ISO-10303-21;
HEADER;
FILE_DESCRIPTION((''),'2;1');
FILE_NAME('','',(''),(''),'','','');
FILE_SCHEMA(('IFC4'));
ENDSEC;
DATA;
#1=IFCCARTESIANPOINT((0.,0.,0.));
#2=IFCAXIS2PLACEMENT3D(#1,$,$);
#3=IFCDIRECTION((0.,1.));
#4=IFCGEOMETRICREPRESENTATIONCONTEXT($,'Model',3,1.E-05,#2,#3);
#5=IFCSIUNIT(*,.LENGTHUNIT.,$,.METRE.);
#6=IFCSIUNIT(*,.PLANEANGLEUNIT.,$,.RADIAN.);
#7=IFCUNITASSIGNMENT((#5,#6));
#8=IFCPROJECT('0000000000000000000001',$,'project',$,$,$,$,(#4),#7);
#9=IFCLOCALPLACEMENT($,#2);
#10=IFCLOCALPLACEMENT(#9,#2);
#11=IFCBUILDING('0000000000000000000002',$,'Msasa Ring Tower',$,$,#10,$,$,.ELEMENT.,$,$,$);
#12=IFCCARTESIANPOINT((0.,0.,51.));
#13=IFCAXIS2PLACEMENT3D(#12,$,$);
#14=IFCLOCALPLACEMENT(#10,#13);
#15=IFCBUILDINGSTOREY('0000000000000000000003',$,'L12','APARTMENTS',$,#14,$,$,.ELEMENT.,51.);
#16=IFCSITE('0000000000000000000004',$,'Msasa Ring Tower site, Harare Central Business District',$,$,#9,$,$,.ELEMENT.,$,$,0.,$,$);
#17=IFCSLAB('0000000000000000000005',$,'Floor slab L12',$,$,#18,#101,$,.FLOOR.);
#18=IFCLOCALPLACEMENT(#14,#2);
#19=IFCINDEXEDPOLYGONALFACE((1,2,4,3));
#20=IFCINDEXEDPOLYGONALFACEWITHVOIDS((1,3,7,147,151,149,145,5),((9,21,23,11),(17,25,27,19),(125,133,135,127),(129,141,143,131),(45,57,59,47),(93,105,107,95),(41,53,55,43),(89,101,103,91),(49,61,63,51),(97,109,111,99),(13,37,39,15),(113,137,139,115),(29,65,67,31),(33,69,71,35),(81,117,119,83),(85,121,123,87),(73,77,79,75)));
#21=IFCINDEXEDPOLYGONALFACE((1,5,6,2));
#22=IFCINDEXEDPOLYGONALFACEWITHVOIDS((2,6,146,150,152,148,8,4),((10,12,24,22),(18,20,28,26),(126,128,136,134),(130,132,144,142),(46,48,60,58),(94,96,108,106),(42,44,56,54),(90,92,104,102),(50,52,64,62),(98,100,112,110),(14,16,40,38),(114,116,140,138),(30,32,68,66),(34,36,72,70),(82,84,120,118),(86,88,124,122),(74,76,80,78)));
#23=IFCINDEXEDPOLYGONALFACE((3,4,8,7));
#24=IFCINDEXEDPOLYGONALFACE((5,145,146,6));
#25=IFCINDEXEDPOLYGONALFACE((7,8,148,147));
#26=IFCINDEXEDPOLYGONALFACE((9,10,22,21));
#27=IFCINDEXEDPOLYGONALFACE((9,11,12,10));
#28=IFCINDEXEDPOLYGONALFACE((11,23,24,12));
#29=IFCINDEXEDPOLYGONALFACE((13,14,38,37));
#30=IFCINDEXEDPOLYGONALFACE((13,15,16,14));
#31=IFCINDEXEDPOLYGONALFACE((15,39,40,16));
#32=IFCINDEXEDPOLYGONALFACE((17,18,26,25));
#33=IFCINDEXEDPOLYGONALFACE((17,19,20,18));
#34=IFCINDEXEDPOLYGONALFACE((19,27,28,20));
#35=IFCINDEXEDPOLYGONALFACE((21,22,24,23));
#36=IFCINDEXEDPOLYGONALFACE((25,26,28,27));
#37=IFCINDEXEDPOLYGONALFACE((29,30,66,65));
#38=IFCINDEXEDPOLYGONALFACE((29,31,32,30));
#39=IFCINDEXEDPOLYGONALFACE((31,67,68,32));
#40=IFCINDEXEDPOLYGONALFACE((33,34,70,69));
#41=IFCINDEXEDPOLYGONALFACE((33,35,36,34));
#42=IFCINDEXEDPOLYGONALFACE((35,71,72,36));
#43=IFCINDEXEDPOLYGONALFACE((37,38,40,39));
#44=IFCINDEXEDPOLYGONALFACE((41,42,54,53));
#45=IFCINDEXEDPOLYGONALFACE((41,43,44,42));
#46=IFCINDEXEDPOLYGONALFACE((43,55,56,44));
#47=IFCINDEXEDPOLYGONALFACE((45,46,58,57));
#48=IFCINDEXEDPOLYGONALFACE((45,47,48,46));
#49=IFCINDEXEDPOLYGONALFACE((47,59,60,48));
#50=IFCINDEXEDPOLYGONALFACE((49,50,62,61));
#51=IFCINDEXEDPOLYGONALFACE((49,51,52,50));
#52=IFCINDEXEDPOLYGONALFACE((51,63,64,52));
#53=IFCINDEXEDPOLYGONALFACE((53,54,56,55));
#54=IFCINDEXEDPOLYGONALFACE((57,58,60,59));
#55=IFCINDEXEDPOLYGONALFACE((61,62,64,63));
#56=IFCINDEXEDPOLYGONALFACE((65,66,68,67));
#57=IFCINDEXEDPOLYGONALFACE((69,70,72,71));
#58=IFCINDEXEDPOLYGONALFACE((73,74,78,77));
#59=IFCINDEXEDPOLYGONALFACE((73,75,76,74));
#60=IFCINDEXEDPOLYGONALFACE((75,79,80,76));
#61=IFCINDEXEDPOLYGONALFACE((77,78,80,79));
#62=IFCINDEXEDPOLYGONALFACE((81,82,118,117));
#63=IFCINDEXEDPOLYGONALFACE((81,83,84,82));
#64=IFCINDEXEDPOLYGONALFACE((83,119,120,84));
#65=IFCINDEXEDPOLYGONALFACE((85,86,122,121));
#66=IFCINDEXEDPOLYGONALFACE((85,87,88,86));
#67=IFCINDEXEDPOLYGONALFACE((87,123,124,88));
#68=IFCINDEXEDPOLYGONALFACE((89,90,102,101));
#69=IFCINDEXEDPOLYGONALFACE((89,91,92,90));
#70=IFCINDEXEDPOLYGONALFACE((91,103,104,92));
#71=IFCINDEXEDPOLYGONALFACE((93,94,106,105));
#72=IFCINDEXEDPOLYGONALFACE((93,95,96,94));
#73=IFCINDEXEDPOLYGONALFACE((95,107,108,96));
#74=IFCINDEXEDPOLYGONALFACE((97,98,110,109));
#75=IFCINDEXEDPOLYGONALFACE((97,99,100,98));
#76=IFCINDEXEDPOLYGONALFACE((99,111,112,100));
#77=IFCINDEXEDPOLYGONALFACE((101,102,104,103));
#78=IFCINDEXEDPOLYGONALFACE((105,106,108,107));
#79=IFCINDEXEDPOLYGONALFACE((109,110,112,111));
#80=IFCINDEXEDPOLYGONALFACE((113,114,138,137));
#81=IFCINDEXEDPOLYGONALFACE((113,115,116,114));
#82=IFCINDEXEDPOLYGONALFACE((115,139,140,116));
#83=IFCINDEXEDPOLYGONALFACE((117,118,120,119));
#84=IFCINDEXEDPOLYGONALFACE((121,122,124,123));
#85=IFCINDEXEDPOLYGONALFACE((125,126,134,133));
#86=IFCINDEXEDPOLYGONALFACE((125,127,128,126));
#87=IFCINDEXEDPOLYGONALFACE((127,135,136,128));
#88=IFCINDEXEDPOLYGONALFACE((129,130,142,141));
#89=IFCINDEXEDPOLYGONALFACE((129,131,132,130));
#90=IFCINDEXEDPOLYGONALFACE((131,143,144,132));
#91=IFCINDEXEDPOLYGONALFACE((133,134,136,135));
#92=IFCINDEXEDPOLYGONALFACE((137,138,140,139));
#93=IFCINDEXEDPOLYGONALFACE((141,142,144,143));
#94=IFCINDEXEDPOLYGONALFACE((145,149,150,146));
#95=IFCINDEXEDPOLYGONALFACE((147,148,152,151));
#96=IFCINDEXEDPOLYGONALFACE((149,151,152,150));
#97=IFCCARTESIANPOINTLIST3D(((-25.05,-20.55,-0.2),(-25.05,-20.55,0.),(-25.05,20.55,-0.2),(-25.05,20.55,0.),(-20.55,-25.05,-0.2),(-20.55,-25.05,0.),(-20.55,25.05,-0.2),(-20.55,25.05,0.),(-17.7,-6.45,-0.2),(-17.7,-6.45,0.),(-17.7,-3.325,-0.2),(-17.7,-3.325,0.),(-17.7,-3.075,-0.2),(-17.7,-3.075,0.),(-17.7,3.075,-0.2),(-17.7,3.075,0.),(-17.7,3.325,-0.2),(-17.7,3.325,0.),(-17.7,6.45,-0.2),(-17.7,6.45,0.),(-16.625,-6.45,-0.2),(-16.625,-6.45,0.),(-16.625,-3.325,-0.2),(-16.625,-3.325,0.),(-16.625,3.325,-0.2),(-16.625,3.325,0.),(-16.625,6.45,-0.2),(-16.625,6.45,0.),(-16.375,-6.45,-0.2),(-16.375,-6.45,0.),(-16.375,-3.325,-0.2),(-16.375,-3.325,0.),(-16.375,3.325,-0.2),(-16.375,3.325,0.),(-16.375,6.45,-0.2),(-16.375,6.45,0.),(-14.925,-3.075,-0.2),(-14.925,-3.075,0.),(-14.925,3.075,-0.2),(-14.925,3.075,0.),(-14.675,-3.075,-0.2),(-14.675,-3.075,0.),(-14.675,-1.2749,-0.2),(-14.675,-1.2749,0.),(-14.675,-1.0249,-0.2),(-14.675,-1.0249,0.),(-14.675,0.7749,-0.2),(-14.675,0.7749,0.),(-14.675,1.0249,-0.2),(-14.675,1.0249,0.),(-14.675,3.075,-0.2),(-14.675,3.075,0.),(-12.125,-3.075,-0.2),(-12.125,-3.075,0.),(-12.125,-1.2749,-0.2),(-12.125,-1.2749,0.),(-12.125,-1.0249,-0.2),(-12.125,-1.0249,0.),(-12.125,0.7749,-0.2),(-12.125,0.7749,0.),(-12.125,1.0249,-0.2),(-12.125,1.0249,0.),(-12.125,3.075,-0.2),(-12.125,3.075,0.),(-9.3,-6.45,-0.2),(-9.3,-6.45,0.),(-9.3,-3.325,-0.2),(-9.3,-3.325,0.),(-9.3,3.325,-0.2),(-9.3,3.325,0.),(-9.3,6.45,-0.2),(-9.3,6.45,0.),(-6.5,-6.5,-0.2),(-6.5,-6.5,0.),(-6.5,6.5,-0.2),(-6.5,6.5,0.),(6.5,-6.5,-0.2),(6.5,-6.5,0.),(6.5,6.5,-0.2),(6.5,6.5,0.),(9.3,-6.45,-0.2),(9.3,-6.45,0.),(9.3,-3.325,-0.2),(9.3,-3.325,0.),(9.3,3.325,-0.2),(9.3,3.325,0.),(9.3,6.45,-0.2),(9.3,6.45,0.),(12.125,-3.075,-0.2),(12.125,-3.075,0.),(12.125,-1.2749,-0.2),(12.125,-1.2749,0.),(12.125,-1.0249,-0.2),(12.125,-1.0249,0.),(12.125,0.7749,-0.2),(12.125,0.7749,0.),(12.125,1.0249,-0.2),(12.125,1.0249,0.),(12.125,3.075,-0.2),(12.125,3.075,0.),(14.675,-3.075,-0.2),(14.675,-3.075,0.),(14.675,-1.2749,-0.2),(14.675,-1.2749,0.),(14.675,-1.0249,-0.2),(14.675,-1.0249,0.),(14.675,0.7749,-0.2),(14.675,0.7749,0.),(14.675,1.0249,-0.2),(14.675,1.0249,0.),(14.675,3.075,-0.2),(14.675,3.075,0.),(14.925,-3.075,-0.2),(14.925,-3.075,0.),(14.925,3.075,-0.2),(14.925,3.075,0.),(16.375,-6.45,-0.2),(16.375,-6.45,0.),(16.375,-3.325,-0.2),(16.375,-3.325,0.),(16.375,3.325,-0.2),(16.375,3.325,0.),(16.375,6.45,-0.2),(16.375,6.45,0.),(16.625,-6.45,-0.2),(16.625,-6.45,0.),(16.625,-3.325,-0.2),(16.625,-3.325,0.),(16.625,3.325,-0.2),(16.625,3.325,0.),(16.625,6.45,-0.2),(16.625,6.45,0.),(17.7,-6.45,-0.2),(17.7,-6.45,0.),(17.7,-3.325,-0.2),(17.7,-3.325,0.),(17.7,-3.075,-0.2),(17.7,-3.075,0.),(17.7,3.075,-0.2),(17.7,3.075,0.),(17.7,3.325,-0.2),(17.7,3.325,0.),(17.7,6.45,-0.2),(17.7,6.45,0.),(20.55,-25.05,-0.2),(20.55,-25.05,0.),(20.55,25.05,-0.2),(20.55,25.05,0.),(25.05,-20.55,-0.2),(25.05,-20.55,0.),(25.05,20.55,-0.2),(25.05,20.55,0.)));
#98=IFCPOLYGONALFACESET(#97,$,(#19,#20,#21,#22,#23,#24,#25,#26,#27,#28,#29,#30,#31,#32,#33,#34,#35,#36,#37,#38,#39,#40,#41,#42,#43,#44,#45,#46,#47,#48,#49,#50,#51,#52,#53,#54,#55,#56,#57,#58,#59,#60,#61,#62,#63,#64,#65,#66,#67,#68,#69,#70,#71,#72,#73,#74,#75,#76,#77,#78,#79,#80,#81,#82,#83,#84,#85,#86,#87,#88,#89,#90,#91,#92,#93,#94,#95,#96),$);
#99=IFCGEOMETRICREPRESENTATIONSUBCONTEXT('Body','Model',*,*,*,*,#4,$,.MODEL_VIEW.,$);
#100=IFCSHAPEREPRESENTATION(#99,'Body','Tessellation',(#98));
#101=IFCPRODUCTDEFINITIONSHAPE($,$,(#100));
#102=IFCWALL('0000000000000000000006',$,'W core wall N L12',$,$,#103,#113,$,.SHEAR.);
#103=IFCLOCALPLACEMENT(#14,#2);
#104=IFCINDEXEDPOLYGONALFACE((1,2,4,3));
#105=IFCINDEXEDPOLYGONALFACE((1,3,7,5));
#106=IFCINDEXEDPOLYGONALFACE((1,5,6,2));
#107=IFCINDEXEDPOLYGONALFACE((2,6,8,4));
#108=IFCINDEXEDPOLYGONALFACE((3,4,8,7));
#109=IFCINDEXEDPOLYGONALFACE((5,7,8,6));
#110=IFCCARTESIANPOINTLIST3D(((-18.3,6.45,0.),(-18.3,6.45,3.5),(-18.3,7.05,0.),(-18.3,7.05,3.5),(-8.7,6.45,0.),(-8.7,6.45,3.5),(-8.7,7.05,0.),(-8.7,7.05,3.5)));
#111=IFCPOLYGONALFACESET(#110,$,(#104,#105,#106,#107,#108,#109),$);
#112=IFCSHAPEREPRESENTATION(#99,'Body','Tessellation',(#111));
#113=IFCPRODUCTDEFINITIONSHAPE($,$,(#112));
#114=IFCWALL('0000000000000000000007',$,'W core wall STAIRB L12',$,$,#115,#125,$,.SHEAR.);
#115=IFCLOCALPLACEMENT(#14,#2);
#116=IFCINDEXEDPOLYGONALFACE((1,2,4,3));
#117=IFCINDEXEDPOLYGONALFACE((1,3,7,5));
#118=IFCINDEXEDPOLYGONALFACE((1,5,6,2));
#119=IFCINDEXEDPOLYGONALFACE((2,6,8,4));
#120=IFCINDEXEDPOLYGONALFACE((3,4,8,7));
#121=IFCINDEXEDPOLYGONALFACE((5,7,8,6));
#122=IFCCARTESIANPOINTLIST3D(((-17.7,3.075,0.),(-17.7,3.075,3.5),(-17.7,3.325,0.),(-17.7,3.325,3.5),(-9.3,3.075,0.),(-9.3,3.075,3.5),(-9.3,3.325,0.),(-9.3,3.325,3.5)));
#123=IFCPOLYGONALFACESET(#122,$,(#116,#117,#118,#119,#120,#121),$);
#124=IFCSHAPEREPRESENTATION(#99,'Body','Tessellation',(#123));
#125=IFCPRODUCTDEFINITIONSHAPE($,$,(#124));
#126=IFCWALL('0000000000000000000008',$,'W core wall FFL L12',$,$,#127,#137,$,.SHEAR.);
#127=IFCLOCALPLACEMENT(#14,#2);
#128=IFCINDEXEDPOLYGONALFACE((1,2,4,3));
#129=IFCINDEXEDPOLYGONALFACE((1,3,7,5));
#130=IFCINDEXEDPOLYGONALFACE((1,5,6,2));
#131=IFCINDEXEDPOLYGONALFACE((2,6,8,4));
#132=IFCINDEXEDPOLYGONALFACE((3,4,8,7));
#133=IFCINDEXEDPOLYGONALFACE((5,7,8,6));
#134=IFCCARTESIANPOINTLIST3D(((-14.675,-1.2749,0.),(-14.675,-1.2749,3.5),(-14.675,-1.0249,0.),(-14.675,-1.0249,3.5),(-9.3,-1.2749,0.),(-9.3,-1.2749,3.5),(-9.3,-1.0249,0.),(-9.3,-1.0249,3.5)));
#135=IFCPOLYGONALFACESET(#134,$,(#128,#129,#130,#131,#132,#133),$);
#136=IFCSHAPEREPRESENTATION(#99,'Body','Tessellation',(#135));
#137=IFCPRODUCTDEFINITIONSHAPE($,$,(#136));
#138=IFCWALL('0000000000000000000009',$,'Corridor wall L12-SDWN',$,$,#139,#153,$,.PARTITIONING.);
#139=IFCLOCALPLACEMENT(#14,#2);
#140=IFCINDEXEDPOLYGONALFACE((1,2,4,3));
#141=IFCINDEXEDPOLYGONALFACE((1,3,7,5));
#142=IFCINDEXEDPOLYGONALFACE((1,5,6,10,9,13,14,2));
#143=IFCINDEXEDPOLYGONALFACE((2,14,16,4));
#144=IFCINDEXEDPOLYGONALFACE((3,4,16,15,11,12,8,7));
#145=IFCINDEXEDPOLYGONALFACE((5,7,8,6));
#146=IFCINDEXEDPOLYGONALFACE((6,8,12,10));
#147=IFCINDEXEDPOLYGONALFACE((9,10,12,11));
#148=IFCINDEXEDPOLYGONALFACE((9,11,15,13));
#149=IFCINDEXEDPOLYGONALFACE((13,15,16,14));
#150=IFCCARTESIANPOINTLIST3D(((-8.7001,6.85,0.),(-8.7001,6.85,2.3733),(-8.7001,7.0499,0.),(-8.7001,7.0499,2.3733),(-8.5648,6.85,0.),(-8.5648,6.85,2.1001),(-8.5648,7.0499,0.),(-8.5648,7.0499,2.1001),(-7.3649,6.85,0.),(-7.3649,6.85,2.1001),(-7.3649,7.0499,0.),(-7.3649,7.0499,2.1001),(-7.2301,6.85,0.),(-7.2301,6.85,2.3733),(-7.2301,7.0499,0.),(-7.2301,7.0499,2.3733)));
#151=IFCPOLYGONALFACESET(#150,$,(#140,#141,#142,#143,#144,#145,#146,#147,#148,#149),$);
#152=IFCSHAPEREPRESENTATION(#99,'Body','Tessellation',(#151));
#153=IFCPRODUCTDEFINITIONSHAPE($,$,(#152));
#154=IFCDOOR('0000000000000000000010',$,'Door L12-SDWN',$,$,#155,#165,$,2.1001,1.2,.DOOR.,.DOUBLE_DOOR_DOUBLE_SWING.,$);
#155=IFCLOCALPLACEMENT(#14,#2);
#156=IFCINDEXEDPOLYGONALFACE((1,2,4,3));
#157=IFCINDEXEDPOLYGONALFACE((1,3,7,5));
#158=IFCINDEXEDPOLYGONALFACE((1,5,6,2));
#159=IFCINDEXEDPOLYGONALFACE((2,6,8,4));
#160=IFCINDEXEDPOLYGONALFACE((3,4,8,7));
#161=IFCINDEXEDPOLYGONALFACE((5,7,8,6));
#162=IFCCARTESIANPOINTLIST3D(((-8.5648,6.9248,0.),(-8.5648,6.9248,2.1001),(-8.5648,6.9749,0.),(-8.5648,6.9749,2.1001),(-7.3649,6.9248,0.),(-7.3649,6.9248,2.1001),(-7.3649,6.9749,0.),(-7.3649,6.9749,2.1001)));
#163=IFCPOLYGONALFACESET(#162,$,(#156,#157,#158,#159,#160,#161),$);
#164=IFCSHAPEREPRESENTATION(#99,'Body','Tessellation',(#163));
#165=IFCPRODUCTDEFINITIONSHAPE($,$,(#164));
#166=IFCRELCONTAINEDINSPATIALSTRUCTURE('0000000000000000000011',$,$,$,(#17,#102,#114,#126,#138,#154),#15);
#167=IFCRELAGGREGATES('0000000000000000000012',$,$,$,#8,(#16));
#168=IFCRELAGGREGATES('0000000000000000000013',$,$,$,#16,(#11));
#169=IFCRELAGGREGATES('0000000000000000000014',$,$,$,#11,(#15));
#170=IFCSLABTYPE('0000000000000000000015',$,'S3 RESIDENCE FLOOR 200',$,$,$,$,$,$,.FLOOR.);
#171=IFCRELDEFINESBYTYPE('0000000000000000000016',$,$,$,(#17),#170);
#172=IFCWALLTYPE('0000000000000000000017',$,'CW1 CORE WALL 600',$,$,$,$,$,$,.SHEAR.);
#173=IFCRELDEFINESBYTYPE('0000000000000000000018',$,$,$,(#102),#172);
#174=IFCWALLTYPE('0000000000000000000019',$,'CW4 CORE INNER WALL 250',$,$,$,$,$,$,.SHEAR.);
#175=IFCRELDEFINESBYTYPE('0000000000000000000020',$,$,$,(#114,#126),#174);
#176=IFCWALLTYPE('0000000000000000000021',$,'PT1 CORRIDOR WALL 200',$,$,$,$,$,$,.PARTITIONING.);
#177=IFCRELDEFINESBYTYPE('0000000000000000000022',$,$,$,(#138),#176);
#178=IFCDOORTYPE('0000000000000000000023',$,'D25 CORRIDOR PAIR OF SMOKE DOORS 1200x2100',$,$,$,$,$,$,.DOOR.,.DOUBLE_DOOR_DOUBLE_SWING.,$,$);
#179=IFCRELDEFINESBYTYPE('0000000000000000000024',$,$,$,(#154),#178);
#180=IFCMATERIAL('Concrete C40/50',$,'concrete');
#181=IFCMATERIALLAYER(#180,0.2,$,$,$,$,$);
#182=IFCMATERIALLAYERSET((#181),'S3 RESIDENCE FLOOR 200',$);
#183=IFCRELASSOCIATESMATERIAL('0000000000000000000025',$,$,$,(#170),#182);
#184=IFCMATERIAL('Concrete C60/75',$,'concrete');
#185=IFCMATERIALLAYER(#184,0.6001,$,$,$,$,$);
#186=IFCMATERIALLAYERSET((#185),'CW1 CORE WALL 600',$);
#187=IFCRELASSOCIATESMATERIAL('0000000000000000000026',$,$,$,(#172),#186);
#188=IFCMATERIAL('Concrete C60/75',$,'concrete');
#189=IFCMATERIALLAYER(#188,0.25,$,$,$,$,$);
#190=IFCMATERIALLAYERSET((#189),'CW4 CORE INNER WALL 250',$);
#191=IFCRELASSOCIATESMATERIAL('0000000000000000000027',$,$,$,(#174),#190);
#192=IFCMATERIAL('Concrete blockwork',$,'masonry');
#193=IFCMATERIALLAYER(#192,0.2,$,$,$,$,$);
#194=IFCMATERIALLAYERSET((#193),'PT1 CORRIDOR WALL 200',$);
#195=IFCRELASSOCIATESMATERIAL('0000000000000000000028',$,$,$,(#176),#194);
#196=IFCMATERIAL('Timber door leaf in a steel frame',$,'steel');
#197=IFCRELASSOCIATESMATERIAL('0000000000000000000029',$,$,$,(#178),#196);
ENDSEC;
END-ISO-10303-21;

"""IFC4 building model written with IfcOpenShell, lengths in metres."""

from ifc_helpers import new_model, si_unit, direction, frame, frame_2d, origin, place, context, subcontext, project, spatial, polyline, rectangle, outline, extrude, material, layer, layer_set, type_object, element, fill, save


model = new_model("IFC4")

# Units and contexts
model_context = context("Model", 3, precision=1e-05, world=origin(), true_north=direction((0.0, 1.0)))
body_context = subcontext(model_context, "Body", "Model", "MODEL_VIEW")
ifc_project = project(units=[si_unit("LENGTHUNIT", "METRE"), si_unit("PLANEANGLEUNIT", "RADIAN")], contexts=[model_context])

# Site, building, storey
site_placement = place(None, origin())
site = spatial("IfcSite", under=ifc_project, at=site_placement, Name="Msasa Ring Tower site, Harare Central Business District", CompositionType="ELEMENT", RefElevation=0.0)
building_placement = place(site_placement, origin())
building = spatial("IfcBuilding", under=site, at=building_placement, Name="Msasa Ring Tower", CompositionType="ELEMENT")
storey_placement = place(building_placement, frame((0.0, 0.0, 51.0)))
storey = spatial("IfcBuildingStorey", under=building, at=storey_placement, Name="L12", Description="APARTMENTS", CompositionType="ELEMENT", Elevation=51.0)

# Slab
ifc_material_1 = material(Name="Concrete C40/50", Category="concrete")
ifc_layer_1 = layer(ifc_material_1, 0.2)
ifc_layer_set_1 = layer_set([ifc_layer_1], Name="S3 RESIDENCE FLOOR 200")
slab_type = type_object("IfcSlabType", Name="S3 RESIDENCE FLOOR 200", PredefinedType="FLOOR", material=ifc_layer_set_1)
slab_placement = place(storey_placement, frame((0.0, 0.0, -0.2)))
element("IfcSlab", 1, at=slab_placement, inside=storey, type_object=slab_type, Name="Floor slab L12", PredefinedType="FLOOR", context=body_context, shape_type="SweptSolid", body=[
    extrude(outline(polyline([(-20.55, -25.05), (20.55, -25.05), (25.05, -20.55), (25.05, 20.55), (20.55, 25.05), (-20.55, 25.05), (-25.05, 20.55), (-25.05, -20.55), (-20.55, -25.05)]), holes=[polyline([(-6.5, -6.5), (6.5, -6.5), (6.5, 6.5), (-6.5, 6.5), (-6.5, -6.5)]), polyline([(9.3, -6.45), (16.375, -6.45), (16.375, -3.325), (9.3, -3.325), (9.3, -6.45)]), polyline([(9.3, 3.325), (16.375, 3.325), (16.375, 6.45), (9.3, 6.45), (9.3, 3.325)]), polyline([(12.125, -3.075), (14.675, -3.075), (14.675, -1.2749), (12.125, -1.2749), (12.125, -3.075)]), polyline([(12.125, -1.0249), (14.675, -1.0249), (14.675, 0.7749), (12.125, 0.7749), (12.125, -1.0249)]), polyline([(12.125, 1.0249), (14.675, 1.0249), (14.675, 3.075), (12.125, 3.075), (12.125, 1.0249)]), polyline([(16.625, -6.45), (17.7, -6.45), (17.7, -3.325), (16.625, -3.325), (16.625, -6.45)]), polyline([(16.625, 3.325), (17.7, 3.325), (17.7, 6.45), (16.625, 6.45), (16.625, 3.325)]), polyline([(14.925, -3.075), (17.7, -3.075), (17.7, 3.075), (14.925, 3.075), (14.925, -3.075)]), polyline([(-16.375, -6.45), (-9.3, -6.45), (-9.3, -3.325), (-16.375, -3.325), (-16.375, -6.45)]), polyline([(-16.375, 3.325), (-9.3, 3.325), (-9.3, 6.45), (-16.375, 6.45), (-16.375, 3.325)]), polyline([(-14.675, -3.075), (-12.125, -3.075), (-12.125, -1.2749), (-14.675, -1.2749), (-14.675, -3.075)]), polyline([(-14.675, -1.0249), (-12.125, -1.0249), (-12.125, 0.7749), (-14.675, 0.7749), (-14.675, -1.0249)]), polyline([(-14.675, 1.0249), (-12.125, 1.0249), (-12.125, 3.075), (-14.675, 3.075), (-14.675, 1.0249)]), polyline([(-17.7, -6.45), (-16.625, -6.45), (-16.625, -3.325), (-17.7, -3.325), (-17.7, -6.45)]), polyline([(-17.7, 3.325), (-16.625, 3.325), (-16.625, 6.45), (-17.7, 6.45), (-17.7, 3.325)]), polyline([(-17.7, -3.075), (-14.925, -3.075), (-14.925, 3.075), (-17.7, 3.075), (-17.7, -3.075)])]), origin(), (0.0, 0.0, 1.0), 0.2),
])

# Walls
ifc_material_2 = material(Name="Concrete C60/75", Category="concrete")
ifc_layer_2 = layer(ifc_material_2, 0.6001)
ifc_layer_set_2 = layer_set([ifc_layer_2], Name="CW1 CORE WALL 600")
wall_type_1 = type_object("IfcWallType", Name="CW1 CORE WALL 600", PredefinedType="SHEAR", material=ifc_layer_set_2)
wall_1_placement = place(storey_placement, frame((-8.7, 6.75, 0.0), z_axis=(0.0, 0.0, 1.0), x_axis=(-1.0, 0.0, 0.0)))
element("IfcWall", 2, at=wall_1_placement, inside=storey, type_object=wall_type_1, Name="W core wall N L12", PredefinedType="SHEAR", context=body_context, shape_type="SweptSolid", body=[
    extrude(rectangle(XDim=9.6001, YDim=0.6001, at=frame_2d((4.8, 0.0))), origin(), (0.0, 0.0, 1.0), 3.5),
])
ifc_material_3 = material(Name="Concrete C60/75", Category="concrete")
ifc_layer_3 = layer(ifc_material_3, 0.25)
ifc_layer_set_3 = layer_set([ifc_layer_3], Name="CW4 CORE INNER WALL 250")
wall_type_2 = type_object("IfcWallType", Name="CW4 CORE INNER WALL 250", PredefinedType="SHEAR", material=ifc_layer_set_3)
wall_2_placement = place(storey_placement, frame((-9.3, 3.2, 0.0), z_axis=(0.0, 0.0, 1.0), x_axis=(-1.0, 0.0, 0.0)))
element("IfcWall", 3, at=wall_2_placement, inside=storey, type_object=wall_type_2, Name="W core wall STAIRB L12", PredefinedType="SHEAR", context=body_context, shape_type="SweptSolid", body=[
    extrude(rectangle(XDim=8.3999, YDim=0.25, at=frame_2d((4.2, 0.0))), origin(), (0.0, 0.0, 1.0), 3.5),
])
wall_3_placement = place(storey_placement, frame((-9.3, -1.1499, 0.0), z_axis=(0.0, 0.0, 1.0), x_axis=(-1.0, 0.0, 0.0)))
element("IfcWall", 4, at=wall_3_placement, inside=storey, type_object=wall_type_2, Name="W core wall FFL L12", PredefinedType="SHEAR", context=body_context, shape_type="SweptSolid", body=[
    extrude(rectangle(XDim=5.375, YDim=0.25, at=frame_2d((2.6875, 0.0))), origin(), (0.0, 0.0, 1.0), 3.5),
])

# Wall, opening, door
ifc_material_4 = material(Name="Concrete blockwork", Category="masonry")
ifc_layer_4 = layer(ifc_material_4, 0.2)
ifc_layer_set_4 = layer_set([ifc_layer_4], Name="PT1 CORRIDOR WALL 200")
wall_type_3 = type_object("IfcWallType", Name="PT1 CORRIDOR WALL 200", PredefinedType="PARTITIONING", material=ifc_layer_set_4)
wall_4_placement = place(storey_placement, frame((-8.7, 6.95, 0.0), z_axis=(0.0, 0.0, 1.0), x_axis=(1.0, 0.0, 0.0)))
wall_4 = element("IfcWall", 5, at=wall_4_placement, inside=storey, type_object=wall_type_3, Name="Corridor wall L12-SDWN", PredefinedType="PARTITIONING", context=body_context, shape_type="SweptSolid", body=[
    extrude(rectangle(XDim=1.47, YDim=0.2, at=frame_2d((0.7349, 0.0))), origin(), (0.0, 0.0, 1.0), 2.3733),
])
opening_placement = place(wall_4_placement, frame((0.135, 0.0, 0.0)))
opening = element("IfcOpeningElement", 6, at=opening_placement, cuts=wall_4, PredefinedType="OPENING", context=body_context, shape_type="SweptSolid", body=[
    extrude(rectangle(XDim=1.2, YDim=2.1001, at=frame_2d((0.6001, 1.05))), frame((0.0, 0.1099, 0.0), z_axis=(0.0, -1.0, 0.0), x_axis=(1.0, 0.0, 0.0)), (0.0, 0.0, 1.0), 0.22),
])
ifc_material_5 = material(Name="Timber door leaf in a steel frame", Category="steel")
door_type = type_object("IfcDoorType", Name="D25 CORRIDOR PAIR OF SMOKE DOORS 1200x2100", OperationType="DOUBLE_DOOR_DOUBLE_SWING", PredefinedType="DOOR", material=ifc_material_5)
door_placement = place(opening_placement, origin())
door = element("IfcDoor", 7, at=door_placement, inside=storey, type_object=door_type, Name="Door L12-SDWN", OperationType="DOUBLE_DOOR_DOUBLE_SWING", OverallHeight=2.1001, OverallWidth=1.2, PredefinedType="DOOR", context=body_context, shape_type="SweptSolid", body=[
    extrude(rectangle(XDim=1.2, YDim=2.1001, at=frame_2d((0.6001, 1.05))), frame((0.0, 0.0249, 0.0), z_axis=(0.0, -1.0, 0.0), x_axis=(1.0, 0.0, 0.0)), (0.0, 0.0, 1.0), 0.05),
])
fill(opening, door)

save(model, "model.ifc")
